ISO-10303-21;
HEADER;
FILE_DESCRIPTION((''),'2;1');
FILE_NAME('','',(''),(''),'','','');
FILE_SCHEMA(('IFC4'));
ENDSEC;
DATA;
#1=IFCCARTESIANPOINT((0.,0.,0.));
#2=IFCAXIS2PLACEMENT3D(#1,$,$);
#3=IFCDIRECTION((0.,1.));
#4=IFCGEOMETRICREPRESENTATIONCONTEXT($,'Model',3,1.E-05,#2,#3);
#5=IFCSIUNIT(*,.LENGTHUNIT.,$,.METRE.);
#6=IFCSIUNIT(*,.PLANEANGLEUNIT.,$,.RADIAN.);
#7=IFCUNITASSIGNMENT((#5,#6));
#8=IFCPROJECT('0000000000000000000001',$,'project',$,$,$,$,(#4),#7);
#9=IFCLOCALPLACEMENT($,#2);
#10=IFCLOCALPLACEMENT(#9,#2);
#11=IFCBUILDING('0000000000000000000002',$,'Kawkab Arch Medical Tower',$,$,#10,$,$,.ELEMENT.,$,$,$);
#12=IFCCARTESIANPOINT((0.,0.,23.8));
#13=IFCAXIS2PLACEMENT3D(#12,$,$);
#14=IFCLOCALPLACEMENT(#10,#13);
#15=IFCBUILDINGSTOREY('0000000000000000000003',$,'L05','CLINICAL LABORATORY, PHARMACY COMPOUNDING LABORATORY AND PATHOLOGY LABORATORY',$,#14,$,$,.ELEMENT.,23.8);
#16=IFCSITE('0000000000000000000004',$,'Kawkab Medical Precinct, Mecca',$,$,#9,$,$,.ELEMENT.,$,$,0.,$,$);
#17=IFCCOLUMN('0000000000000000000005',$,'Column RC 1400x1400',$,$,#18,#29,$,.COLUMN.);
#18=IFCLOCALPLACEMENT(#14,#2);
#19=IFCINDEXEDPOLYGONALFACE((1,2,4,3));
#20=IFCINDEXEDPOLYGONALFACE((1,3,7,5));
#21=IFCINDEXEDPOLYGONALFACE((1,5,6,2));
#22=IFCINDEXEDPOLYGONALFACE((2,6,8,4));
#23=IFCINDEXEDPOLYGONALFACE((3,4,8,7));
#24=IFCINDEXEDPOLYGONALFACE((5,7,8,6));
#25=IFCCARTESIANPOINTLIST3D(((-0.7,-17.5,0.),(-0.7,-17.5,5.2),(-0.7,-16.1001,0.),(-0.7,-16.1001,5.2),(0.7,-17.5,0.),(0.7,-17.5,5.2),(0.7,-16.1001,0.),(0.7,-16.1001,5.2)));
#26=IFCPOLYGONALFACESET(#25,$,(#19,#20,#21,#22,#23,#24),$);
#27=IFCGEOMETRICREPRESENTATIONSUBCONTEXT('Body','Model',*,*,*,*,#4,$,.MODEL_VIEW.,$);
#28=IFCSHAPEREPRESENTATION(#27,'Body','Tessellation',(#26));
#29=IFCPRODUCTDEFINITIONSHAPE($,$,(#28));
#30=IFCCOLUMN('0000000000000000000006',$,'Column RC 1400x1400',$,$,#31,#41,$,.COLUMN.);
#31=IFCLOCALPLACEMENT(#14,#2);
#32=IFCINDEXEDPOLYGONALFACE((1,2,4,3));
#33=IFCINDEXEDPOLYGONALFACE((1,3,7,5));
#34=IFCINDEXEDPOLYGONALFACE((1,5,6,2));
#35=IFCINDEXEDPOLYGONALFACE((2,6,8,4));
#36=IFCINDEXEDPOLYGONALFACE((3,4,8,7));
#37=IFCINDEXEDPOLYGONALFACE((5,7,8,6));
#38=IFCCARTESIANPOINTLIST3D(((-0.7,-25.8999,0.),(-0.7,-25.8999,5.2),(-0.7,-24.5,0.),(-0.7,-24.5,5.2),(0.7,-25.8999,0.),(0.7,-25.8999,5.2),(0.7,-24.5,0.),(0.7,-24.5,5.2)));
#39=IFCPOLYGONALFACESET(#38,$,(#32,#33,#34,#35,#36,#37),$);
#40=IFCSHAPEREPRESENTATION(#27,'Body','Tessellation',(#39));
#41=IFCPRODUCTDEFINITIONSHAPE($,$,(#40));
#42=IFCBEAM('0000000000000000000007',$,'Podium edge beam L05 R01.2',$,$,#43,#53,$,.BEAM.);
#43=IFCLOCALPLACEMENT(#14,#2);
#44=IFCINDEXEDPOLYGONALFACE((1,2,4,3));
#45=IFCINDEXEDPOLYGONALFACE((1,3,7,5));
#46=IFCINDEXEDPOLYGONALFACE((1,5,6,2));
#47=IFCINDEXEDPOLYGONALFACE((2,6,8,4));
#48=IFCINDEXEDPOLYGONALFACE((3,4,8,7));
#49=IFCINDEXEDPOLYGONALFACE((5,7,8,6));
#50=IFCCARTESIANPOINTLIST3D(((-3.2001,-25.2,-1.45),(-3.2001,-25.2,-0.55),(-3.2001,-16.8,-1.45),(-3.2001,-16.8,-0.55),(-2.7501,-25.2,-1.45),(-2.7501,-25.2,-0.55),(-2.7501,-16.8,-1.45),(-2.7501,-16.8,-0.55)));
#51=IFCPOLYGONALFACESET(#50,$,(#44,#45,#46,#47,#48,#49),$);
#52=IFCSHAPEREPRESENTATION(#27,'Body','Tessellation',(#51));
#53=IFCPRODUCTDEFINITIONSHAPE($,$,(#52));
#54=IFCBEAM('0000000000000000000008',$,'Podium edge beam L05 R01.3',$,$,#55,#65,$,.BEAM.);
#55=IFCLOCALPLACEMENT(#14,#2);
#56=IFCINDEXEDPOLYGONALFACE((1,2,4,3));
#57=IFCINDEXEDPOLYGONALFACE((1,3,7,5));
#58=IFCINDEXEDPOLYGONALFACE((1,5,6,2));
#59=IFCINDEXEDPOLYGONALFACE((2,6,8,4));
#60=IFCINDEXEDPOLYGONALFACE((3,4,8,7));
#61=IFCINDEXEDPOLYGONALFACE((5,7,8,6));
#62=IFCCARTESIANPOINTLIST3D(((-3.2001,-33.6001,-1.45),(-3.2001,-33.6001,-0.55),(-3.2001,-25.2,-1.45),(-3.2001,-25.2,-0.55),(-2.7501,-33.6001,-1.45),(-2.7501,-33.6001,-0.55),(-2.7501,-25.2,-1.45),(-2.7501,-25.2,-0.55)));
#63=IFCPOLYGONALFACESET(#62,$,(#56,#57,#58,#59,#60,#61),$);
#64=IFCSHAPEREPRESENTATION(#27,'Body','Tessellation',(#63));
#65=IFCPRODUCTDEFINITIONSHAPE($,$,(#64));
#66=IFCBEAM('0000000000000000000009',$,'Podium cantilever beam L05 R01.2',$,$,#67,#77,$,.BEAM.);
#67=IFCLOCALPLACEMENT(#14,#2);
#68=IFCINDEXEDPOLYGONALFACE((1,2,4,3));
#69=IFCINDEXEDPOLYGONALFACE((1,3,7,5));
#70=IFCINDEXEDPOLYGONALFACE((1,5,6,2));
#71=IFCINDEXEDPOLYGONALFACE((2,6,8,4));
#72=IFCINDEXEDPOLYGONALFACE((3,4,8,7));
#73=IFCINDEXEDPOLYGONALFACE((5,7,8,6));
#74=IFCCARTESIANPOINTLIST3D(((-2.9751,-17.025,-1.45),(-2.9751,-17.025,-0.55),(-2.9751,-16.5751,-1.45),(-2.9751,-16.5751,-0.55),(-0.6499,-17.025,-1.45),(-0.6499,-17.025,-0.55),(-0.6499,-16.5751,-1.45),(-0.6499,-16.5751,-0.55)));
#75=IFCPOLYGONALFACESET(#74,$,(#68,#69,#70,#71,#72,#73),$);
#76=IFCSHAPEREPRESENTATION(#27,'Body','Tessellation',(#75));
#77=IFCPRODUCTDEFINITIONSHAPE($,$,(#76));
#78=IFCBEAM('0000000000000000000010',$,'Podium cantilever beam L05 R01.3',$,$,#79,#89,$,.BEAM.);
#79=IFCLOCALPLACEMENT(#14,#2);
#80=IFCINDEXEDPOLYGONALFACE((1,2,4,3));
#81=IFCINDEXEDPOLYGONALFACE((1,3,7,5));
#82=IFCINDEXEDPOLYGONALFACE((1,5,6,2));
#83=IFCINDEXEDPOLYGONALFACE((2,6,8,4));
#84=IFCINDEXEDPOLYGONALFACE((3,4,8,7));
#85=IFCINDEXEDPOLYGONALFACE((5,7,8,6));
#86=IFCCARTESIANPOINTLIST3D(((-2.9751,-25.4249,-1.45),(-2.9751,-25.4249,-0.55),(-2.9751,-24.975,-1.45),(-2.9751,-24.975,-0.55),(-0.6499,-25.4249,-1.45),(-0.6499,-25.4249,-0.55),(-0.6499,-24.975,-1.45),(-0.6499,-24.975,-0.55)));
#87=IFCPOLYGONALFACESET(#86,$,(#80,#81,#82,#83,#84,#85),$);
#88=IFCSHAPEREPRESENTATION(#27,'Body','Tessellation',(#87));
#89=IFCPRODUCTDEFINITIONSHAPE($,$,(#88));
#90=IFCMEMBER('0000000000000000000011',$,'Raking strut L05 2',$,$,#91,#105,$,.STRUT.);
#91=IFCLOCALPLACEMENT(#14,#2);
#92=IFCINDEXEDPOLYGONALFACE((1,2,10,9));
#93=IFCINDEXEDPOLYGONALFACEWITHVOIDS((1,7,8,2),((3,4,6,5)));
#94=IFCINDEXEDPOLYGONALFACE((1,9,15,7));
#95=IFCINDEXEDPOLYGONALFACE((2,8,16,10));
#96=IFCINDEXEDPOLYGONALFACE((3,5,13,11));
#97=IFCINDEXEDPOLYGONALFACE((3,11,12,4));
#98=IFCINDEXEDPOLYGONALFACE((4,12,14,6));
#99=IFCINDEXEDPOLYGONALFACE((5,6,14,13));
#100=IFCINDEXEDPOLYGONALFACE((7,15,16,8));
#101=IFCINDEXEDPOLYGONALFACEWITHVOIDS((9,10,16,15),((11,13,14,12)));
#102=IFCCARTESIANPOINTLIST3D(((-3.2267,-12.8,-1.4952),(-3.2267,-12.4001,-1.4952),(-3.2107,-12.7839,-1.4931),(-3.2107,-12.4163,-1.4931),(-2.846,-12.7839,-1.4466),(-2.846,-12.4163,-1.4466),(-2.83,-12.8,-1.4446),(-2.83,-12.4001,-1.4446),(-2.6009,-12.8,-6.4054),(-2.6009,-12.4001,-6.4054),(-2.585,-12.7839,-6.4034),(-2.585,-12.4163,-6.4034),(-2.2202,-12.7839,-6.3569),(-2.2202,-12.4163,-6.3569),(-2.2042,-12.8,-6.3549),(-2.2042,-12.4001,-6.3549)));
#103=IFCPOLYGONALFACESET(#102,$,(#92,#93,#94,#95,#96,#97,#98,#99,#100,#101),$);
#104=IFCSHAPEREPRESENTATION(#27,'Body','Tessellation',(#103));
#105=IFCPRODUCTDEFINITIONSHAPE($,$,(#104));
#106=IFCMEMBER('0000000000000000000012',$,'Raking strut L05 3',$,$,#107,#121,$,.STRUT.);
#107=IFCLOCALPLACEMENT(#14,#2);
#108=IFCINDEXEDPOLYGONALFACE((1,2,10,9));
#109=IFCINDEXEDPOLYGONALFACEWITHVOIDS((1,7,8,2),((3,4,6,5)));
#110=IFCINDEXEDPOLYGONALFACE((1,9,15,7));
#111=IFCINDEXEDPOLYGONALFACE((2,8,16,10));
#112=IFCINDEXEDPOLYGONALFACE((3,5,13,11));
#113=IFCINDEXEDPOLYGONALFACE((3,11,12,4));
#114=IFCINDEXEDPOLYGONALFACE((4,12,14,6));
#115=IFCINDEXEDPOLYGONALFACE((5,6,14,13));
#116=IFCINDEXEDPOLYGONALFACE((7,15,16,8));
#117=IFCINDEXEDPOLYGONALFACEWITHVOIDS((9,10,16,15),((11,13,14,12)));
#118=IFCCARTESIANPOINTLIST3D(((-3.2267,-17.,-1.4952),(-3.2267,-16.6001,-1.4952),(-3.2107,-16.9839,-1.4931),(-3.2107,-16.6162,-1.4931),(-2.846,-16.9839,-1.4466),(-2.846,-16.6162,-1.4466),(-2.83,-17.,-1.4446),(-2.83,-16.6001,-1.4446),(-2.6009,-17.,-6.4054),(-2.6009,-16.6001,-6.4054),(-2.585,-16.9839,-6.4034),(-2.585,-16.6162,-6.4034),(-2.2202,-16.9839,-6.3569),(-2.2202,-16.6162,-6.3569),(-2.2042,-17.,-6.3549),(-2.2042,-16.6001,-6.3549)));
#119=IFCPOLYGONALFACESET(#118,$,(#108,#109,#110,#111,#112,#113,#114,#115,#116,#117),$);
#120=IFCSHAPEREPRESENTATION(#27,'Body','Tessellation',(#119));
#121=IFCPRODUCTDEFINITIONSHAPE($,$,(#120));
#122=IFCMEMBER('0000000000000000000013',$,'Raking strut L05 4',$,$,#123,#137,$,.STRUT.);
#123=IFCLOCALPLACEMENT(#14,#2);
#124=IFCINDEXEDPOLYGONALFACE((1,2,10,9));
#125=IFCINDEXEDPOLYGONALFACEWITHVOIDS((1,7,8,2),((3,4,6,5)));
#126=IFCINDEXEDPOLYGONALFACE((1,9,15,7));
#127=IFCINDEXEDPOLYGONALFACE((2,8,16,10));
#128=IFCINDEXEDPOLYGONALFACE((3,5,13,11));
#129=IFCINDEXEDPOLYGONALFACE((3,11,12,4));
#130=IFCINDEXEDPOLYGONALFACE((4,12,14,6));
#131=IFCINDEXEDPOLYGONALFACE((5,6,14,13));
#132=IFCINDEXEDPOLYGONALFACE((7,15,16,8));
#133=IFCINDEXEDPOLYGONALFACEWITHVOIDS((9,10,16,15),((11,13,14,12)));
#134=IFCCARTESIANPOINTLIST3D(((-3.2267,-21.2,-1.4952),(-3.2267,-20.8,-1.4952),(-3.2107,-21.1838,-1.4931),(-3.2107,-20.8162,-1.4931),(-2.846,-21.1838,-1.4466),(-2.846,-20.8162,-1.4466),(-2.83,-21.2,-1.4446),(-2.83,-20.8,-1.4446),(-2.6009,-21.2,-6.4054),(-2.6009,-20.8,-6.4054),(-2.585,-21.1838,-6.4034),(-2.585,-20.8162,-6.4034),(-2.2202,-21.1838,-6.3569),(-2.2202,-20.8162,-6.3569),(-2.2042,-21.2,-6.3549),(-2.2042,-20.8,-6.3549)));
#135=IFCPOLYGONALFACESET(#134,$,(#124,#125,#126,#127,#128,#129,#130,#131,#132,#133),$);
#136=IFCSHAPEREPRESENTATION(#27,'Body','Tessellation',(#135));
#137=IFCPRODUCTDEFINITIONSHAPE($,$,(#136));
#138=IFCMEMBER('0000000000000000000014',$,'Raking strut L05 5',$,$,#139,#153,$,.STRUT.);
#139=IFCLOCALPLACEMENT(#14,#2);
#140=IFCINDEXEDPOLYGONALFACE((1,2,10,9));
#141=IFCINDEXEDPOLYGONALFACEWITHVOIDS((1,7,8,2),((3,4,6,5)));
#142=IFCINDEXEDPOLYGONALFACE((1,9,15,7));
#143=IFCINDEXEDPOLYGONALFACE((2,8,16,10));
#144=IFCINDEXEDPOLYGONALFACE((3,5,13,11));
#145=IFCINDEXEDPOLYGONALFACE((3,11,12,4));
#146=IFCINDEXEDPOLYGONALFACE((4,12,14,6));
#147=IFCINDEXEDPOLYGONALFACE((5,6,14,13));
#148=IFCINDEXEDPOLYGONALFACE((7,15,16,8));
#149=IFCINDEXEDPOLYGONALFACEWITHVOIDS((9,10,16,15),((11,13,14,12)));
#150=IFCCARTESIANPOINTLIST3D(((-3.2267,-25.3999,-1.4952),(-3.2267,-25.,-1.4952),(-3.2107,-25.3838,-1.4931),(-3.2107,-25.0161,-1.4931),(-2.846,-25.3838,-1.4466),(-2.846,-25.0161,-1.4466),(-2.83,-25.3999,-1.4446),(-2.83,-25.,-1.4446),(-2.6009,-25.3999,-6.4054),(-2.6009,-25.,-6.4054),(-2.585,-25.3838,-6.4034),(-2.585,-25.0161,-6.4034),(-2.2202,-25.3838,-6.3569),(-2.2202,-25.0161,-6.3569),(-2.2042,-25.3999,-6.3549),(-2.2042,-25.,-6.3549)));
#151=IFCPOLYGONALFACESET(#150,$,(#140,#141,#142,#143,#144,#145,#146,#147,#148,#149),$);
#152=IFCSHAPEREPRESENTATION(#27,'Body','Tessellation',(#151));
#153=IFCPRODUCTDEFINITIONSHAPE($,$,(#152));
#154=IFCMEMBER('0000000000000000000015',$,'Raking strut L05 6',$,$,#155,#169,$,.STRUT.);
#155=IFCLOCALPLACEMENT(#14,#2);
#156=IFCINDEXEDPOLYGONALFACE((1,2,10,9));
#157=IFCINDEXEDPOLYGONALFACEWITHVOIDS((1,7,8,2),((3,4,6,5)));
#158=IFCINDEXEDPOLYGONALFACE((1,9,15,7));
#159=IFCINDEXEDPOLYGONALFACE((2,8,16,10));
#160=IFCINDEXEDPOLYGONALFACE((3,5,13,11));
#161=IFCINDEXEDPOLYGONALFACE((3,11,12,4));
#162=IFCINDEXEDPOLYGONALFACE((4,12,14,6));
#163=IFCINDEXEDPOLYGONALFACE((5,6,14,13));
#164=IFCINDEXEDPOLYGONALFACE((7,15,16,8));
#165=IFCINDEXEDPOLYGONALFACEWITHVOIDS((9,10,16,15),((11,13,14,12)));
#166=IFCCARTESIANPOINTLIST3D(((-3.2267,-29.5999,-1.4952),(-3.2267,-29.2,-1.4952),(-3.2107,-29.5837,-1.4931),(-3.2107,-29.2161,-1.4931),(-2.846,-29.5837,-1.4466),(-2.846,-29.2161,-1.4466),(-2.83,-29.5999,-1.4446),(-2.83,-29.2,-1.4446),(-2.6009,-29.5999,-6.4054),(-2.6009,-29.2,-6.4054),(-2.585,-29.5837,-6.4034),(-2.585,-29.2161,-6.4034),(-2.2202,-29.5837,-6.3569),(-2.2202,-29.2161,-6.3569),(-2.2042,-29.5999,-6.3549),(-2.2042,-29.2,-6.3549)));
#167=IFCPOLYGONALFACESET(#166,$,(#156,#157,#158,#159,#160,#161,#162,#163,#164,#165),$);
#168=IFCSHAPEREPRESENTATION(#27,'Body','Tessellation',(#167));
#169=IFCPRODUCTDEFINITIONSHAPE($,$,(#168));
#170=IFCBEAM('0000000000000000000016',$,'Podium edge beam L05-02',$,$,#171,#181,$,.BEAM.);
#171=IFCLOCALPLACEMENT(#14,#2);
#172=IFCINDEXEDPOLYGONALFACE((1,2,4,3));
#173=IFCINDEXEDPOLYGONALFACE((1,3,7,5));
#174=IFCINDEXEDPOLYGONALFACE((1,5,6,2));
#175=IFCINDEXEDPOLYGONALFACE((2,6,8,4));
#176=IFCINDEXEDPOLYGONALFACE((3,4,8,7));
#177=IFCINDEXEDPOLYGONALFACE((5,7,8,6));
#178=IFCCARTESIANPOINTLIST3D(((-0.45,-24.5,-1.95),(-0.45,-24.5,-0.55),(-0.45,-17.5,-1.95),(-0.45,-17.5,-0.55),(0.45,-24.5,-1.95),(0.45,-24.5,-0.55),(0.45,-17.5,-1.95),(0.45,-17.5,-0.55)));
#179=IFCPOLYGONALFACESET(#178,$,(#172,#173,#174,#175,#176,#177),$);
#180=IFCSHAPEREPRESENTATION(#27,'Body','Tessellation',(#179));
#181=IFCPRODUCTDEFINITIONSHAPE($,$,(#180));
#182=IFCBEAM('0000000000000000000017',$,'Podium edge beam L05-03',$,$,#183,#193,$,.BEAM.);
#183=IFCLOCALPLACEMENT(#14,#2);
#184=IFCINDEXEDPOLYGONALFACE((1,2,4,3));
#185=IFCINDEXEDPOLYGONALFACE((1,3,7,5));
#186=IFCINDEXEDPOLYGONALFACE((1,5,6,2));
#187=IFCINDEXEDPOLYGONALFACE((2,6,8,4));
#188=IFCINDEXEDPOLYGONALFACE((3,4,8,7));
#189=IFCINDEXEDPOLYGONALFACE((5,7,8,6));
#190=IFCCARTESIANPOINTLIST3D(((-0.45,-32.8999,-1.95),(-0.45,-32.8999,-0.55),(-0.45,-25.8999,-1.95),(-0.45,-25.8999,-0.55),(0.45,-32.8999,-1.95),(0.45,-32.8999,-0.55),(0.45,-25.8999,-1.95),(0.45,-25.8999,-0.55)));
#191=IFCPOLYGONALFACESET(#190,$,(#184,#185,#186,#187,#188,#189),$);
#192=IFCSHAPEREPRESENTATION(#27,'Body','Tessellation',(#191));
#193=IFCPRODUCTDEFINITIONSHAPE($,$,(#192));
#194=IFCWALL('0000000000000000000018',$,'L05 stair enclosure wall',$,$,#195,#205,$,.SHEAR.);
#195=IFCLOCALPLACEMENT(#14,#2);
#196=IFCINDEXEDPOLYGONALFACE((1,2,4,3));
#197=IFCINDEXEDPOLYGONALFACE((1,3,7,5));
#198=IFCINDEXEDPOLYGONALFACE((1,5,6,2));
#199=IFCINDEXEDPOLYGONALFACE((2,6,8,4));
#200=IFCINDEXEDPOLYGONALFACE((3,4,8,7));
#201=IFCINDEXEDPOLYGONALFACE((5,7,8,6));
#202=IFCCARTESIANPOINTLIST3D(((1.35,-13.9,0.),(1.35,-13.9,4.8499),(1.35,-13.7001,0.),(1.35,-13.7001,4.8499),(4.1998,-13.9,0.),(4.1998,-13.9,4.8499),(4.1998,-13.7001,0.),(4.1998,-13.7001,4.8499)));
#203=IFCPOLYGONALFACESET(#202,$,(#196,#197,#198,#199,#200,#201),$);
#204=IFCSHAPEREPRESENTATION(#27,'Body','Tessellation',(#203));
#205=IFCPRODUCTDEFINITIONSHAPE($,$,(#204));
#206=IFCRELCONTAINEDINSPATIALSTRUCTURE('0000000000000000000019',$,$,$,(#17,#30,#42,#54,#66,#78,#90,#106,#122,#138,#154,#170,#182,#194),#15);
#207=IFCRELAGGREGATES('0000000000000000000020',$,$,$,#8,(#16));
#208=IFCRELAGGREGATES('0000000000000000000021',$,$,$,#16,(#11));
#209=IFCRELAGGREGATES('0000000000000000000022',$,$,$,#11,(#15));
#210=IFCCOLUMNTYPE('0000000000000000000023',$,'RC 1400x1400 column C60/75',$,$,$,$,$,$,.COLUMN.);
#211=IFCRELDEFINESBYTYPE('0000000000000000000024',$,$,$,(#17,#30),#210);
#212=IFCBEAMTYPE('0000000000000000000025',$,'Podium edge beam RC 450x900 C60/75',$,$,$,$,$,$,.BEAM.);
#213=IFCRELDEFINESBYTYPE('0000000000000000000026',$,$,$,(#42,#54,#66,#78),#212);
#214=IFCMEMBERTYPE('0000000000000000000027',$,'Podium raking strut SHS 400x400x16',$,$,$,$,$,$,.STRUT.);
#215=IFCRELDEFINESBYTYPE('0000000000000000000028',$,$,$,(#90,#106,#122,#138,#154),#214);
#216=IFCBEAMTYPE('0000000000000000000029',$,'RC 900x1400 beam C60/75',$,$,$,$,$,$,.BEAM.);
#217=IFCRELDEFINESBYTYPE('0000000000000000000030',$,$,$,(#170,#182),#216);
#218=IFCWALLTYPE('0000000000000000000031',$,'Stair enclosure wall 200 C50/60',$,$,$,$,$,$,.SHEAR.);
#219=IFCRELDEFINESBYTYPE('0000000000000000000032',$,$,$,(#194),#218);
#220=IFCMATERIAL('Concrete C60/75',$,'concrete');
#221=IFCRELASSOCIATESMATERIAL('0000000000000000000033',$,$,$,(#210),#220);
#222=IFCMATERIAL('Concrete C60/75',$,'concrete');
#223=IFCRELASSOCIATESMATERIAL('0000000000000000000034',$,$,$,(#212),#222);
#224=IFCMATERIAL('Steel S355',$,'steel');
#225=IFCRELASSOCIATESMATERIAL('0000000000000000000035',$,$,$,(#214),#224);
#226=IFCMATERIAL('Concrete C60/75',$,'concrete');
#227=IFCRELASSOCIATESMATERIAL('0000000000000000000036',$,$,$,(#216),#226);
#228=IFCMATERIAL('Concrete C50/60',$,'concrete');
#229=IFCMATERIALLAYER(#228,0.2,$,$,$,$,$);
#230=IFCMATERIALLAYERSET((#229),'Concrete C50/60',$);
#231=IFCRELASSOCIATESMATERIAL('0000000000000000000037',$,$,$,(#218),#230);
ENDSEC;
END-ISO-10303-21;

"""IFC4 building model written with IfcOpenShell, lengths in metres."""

from ifc_helpers import new_model, si_unit, direction, frame, frame_2d, origin, origin_2d, place, context, subcontext, project, spatial, rectangle, hollow_rectangle, extrude, material, layer, layer_set, material_profile, profile_set, type_object, element, save


model = new_model("IFC4")

# Units and contexts
model_context = context("Model", 3, precision=1e-05, world=origin(), true_north=direction((0.0, 1.0)))
body_context = subcontext(model_context, "Body", "Model", "MODEL_VIEW")
ifc_project = project(units=[si_unit("LENGTHUNIT", "METRE"), si_unit("PLANEANGLEUNIT", "RADIAN")], contexts=[model_context])

# Site, building, storey
site_placement = place(None, origin())
site = spatial("IfcSite", under=ifc_project, at=site_placement, Name="Kawkab Medical Precinct, Mecca", CompositionType="ELEMENT", RefElevation=0.0)
building_placement = place(site_placement, origin())
building = spatial("IfcBuilding", under=site, at=building_placement, Name="Kawkab Arch Medical Tower", CompositionType="ELEMENT")
storey_placement = place(building_placement, frame((0.0, 0.0, 23.8)))
storey = spatial("IfcBuildingStorey", under=building, at=storey_placement, Name="L05", Description="CLINICAL LABORATORY, PHARMACY COMPOUNDING LABORATORY AND PATHOLOGY LABORATORY", CompositionType="ELEMENT", Elevation=23.8)

# Columns
ifc_material_1 = material(Name="Concrete C60/75", Category="concrete")
ifc_material_profile_1 = material_profile(ifc_material_1, rectangle(XDim=1.3999, YDim=1.3999, at=origin_2d()), Name="RC 1400x1400")
ifc_profile_set_1 = profile_set([ifc_material_profile_1], Name="Concrete C60/75")
column_type = type_object("IfcColumnType", Name="RC 1400x1400 column C60/75", PredefinedType="COLUMN", material=ifc_profile_set_1)
for number, where, z_axis, x_axis, name in (
    (1, (0.0, -16.8, 0.0), (0.0, 0.0, 1.0), (1.0, 0.0, 0.0), "Column RC 1400x1400"),
    (2, (0.0, -25.2, 0.0), (0.0, 0.0, 1.0), (1.0, 0.0, 0.0), "Column RC 1400x1400"),
):
    element("IfcColumn", number, at=place(storey_placement, frame(where, z_axis=z_axis, x_axis=x_axis)), inside=storey, type_object=column_type, Name=name, PredefinedType="COLUMN", context=body_context, shape_type="SweptSolid", body=[
        extrude(rectangle(XDim=1.3999, YDim=1.3999, at=origin_2d()), origin(), (0.0, 0.0, 1.0), 5.2),
    ])

# Beams
ifc_material_2 = material(Name="Concrete C60/75", Category="concrete")
ifc_material_profile_2 = material_profile(ifc_material_2, rectangle(XDim=0.45, YDim=0.8999, at=origin_2d()), Name="RC 450x900")
ifc_profile_set_2 = profile_set([ifc_material_profile_2], Name="Concrete C60/75")
beam_type_1 = type_object("IfcBeamType", Name="Podium edge beam RC 450x900 C60/75", PredefinedType="BEAM", material=ifc_profile_set_2)
beam_1_placement = place(storey_placement, frame((-2.9751, -16.8, -1.0), z_axis=(0.0, -1.0, 0.0), x_axis=(1.0, 0.0, 0.0)))
element("IfcBeam", 3, at=beam_1_placement, inside=storey, type_object=beam_type_1, Name="Podium edge beam L05 R01.2", PredefinedType="BEAM", context=body_context, shape_type="SweptSolid", body=[
    extrude(rectangle(XDim=0.45, YDim=0.8999, at=origin_2d()), origin(), (0.0, 0.0, 1.0), 8.3999),
])
beam_2_placement = place(storey_placement, frame((-2.9751, -25.2, -1.0), z_axis=(0.0, -1.0, 0.0), x_axis=(1.0, 0.0, 0.0)))
element("IfcBeam", 4, at=beam_2_placement, inside=storey, type_object=beam_type_1, Name="Podium edge beam L05 R01.3", PredefinedType="BEAM", context=body_context, shape_type="SweptSolid", body=[
    extrude(rectangle(XDim=0.45, YDim=0.8999, at=origin_2d()), origin(), (0.0, 0.0, 1.0), 8.4001),
])
for number, where, z_axis, x_axis, name in (
    (5, (-0.6499, -16.8, -1.0), (-1.0, 0.0, 0.0), (0.0, -1.0, 0.0), "Podium cantilever beam L05 R01.2"),
    (6, (-0.6499, -25.2, -1.0), (-1.0, 0.0, 0.0), (0.0, -1.0, 0.0), "Podium cantilever beam L05 R01.3"),
):
    element("IfcBeam", number, at=place(storey_placement, frame(where, z_axis=z_axis, x_axis=x_axis)), inside=storey, type_object=beam_type_1, Name=name, PredefinedType="BEAM", context=body_context, shape_type="SweptSolid", body=[
        extrude(rectangle(XDim=0.45, YDim=0.8999, at=origin_2d()), origin(), (0.0, 0.0, 1.0), 2.3252),
    ])

# Members
ifc_material_3 = material(Name="Steel S355", Category="steel")
ifc_material_profile_3 = material_profile(ifc_material_3, hollow_rectangle(XDim=0.3999, YDim=0.3999, WallThickness=0.0161, at=origin_2d()), Name="SHS 400x400x16")
ifc_profile_set_3 = profile_set([ifc_material_profile_3], Name="Steel S355")
member_type = type_object("IfcMemberType", Name="Podium raking strut SHS 400x400x16", PredefinedType="STRUT", material=ifc_profile_set_3)
for number, where, z_axis, x_axis, name in (
    (7, (-2.4026, -12.6001, -6.3801), (-0.126414, 0.0, 0.991978), (0.0, -1.0, 0.0), "Raking strut L05 2"),
    (8, (-2.4026, -16.8, -6.3801), (-0.126414, 0.0, 0.991978), (0.0, -1.0, 0.0), "Raking strut L05 3"),
    (9, (-2.4026, -21.0, -6.3801), (-0.126414, 0.0, 0.991978), (0.0, -1.0, 0.0), "Raking strut L05 4"),
    (10, (-2.4026, -25.2, -6.3801), (-0.126414, 0.0, 0.991978), (0.0, -1.0, 0.0), "Raking strut L05 5"),
    (11, (-2.4026, -29.3999, -6.3801), (-0.126414, 0.0, 0.991978), (0.0, -1.0, 0.0), "Raking strut L05 6"),
):
    element("IfcMember", number, at=place(storey_placement, frame(where, z_axis=z_axis, x_axis=x_axis)), inside=storey, type_object=member_type, Name=name, PredefinedType="STRUT", context=body_context, shape_type="SweptSolid", body=[
        extrude(hollow_rectangle(XDim=0.3999, YDim=0.3999, WallThickness=0.0161, at=origin_2d()), origin(), (0.0, 0.0, 1.0), 4.95),
    ])

# Beams
ifc_material_4 = material(Name="Concrete C60/75", Category="concrete")
ifc_material_profile_4 = material_profile(ifc_material_4, rectangle(XDim=0.8999, YDim=1.3999, at=origin_2d()), Name="RC 900x1400")
ifc_profile_set_4 = profile_set([ifc_material_profile_4], Name="Concrete C60/75")
beam_type_2 = type_object("IfcBeamType", Name="RC 900x1400 beam C60/75", PredefinedType="BEAM", material=ifc_profile_set_4)
for number, where, z_axis, x_axis, name in (
    (12, (0.0, -17.5, -1.25), (0.0, -1.0, 0.0), (1.0, 0.0, 0.0), "Podium edge beam L05-02"),
    (13, (0.0, -25.8999, -1.25), (0.0, -1.0, 0.0), (1.0, 0.0, 0.0), "Podium edge beam L05-03"),
):
    element("IfcBeam", number, at=place(storey_placement, frame(where, z_axis=z_axis, x_axis=x_axis)), inside=storey, type_object=beam_type_2, Name=name, PredefinedType="BEAM", context=body_context, shape_type="SweptSolid", body=[
        extrude(rectangle(XDim=0.8999, YDim=1.3999, at=origin_2d()), origin(), (0.0, 0.0, 1.0), 7.0),
    ])

# Wall
ifc_material_5 = material(Name="Concrete C50/60", Category="concrete")
ifc_layer_1 = layer(ifc_material_5, 0.2)
ifc_layer_set_1 = layer_set([ifc_layer_1], Name="Concrete C50/60")
wall_type_1 = type_object("IfcWallType", Name="Stair enclosure wall 200 C50/60", PredefinedType="SHEAR", material=ifc_layer_set_1)
for number, where, z_axis, x_axis, name in (
    (14, (1.3501, -13.8, 0.0), (0.0, 0.0, 1.0), (1.0, 0.0, 0.0), "L05 stair enclosure wall"),
):
    element("IfcWall", number, at=place(storey_placement, frame(where, z_axis=z_axis, x_axis=x_axis)), inside=storey, type_object=wall_type_1, Name=name, PredefinedType="SHEAR", context=body_context, shape_type="SweptSolid", body=[
        extrude(rectangle(XDim=2.8499, YDim=0.2, at=frame_2d((1.4248, 0.0))), origin(), (0.0, 0.0, 1.0), 4.8499),
    ])

save(model, "model.ifc")
